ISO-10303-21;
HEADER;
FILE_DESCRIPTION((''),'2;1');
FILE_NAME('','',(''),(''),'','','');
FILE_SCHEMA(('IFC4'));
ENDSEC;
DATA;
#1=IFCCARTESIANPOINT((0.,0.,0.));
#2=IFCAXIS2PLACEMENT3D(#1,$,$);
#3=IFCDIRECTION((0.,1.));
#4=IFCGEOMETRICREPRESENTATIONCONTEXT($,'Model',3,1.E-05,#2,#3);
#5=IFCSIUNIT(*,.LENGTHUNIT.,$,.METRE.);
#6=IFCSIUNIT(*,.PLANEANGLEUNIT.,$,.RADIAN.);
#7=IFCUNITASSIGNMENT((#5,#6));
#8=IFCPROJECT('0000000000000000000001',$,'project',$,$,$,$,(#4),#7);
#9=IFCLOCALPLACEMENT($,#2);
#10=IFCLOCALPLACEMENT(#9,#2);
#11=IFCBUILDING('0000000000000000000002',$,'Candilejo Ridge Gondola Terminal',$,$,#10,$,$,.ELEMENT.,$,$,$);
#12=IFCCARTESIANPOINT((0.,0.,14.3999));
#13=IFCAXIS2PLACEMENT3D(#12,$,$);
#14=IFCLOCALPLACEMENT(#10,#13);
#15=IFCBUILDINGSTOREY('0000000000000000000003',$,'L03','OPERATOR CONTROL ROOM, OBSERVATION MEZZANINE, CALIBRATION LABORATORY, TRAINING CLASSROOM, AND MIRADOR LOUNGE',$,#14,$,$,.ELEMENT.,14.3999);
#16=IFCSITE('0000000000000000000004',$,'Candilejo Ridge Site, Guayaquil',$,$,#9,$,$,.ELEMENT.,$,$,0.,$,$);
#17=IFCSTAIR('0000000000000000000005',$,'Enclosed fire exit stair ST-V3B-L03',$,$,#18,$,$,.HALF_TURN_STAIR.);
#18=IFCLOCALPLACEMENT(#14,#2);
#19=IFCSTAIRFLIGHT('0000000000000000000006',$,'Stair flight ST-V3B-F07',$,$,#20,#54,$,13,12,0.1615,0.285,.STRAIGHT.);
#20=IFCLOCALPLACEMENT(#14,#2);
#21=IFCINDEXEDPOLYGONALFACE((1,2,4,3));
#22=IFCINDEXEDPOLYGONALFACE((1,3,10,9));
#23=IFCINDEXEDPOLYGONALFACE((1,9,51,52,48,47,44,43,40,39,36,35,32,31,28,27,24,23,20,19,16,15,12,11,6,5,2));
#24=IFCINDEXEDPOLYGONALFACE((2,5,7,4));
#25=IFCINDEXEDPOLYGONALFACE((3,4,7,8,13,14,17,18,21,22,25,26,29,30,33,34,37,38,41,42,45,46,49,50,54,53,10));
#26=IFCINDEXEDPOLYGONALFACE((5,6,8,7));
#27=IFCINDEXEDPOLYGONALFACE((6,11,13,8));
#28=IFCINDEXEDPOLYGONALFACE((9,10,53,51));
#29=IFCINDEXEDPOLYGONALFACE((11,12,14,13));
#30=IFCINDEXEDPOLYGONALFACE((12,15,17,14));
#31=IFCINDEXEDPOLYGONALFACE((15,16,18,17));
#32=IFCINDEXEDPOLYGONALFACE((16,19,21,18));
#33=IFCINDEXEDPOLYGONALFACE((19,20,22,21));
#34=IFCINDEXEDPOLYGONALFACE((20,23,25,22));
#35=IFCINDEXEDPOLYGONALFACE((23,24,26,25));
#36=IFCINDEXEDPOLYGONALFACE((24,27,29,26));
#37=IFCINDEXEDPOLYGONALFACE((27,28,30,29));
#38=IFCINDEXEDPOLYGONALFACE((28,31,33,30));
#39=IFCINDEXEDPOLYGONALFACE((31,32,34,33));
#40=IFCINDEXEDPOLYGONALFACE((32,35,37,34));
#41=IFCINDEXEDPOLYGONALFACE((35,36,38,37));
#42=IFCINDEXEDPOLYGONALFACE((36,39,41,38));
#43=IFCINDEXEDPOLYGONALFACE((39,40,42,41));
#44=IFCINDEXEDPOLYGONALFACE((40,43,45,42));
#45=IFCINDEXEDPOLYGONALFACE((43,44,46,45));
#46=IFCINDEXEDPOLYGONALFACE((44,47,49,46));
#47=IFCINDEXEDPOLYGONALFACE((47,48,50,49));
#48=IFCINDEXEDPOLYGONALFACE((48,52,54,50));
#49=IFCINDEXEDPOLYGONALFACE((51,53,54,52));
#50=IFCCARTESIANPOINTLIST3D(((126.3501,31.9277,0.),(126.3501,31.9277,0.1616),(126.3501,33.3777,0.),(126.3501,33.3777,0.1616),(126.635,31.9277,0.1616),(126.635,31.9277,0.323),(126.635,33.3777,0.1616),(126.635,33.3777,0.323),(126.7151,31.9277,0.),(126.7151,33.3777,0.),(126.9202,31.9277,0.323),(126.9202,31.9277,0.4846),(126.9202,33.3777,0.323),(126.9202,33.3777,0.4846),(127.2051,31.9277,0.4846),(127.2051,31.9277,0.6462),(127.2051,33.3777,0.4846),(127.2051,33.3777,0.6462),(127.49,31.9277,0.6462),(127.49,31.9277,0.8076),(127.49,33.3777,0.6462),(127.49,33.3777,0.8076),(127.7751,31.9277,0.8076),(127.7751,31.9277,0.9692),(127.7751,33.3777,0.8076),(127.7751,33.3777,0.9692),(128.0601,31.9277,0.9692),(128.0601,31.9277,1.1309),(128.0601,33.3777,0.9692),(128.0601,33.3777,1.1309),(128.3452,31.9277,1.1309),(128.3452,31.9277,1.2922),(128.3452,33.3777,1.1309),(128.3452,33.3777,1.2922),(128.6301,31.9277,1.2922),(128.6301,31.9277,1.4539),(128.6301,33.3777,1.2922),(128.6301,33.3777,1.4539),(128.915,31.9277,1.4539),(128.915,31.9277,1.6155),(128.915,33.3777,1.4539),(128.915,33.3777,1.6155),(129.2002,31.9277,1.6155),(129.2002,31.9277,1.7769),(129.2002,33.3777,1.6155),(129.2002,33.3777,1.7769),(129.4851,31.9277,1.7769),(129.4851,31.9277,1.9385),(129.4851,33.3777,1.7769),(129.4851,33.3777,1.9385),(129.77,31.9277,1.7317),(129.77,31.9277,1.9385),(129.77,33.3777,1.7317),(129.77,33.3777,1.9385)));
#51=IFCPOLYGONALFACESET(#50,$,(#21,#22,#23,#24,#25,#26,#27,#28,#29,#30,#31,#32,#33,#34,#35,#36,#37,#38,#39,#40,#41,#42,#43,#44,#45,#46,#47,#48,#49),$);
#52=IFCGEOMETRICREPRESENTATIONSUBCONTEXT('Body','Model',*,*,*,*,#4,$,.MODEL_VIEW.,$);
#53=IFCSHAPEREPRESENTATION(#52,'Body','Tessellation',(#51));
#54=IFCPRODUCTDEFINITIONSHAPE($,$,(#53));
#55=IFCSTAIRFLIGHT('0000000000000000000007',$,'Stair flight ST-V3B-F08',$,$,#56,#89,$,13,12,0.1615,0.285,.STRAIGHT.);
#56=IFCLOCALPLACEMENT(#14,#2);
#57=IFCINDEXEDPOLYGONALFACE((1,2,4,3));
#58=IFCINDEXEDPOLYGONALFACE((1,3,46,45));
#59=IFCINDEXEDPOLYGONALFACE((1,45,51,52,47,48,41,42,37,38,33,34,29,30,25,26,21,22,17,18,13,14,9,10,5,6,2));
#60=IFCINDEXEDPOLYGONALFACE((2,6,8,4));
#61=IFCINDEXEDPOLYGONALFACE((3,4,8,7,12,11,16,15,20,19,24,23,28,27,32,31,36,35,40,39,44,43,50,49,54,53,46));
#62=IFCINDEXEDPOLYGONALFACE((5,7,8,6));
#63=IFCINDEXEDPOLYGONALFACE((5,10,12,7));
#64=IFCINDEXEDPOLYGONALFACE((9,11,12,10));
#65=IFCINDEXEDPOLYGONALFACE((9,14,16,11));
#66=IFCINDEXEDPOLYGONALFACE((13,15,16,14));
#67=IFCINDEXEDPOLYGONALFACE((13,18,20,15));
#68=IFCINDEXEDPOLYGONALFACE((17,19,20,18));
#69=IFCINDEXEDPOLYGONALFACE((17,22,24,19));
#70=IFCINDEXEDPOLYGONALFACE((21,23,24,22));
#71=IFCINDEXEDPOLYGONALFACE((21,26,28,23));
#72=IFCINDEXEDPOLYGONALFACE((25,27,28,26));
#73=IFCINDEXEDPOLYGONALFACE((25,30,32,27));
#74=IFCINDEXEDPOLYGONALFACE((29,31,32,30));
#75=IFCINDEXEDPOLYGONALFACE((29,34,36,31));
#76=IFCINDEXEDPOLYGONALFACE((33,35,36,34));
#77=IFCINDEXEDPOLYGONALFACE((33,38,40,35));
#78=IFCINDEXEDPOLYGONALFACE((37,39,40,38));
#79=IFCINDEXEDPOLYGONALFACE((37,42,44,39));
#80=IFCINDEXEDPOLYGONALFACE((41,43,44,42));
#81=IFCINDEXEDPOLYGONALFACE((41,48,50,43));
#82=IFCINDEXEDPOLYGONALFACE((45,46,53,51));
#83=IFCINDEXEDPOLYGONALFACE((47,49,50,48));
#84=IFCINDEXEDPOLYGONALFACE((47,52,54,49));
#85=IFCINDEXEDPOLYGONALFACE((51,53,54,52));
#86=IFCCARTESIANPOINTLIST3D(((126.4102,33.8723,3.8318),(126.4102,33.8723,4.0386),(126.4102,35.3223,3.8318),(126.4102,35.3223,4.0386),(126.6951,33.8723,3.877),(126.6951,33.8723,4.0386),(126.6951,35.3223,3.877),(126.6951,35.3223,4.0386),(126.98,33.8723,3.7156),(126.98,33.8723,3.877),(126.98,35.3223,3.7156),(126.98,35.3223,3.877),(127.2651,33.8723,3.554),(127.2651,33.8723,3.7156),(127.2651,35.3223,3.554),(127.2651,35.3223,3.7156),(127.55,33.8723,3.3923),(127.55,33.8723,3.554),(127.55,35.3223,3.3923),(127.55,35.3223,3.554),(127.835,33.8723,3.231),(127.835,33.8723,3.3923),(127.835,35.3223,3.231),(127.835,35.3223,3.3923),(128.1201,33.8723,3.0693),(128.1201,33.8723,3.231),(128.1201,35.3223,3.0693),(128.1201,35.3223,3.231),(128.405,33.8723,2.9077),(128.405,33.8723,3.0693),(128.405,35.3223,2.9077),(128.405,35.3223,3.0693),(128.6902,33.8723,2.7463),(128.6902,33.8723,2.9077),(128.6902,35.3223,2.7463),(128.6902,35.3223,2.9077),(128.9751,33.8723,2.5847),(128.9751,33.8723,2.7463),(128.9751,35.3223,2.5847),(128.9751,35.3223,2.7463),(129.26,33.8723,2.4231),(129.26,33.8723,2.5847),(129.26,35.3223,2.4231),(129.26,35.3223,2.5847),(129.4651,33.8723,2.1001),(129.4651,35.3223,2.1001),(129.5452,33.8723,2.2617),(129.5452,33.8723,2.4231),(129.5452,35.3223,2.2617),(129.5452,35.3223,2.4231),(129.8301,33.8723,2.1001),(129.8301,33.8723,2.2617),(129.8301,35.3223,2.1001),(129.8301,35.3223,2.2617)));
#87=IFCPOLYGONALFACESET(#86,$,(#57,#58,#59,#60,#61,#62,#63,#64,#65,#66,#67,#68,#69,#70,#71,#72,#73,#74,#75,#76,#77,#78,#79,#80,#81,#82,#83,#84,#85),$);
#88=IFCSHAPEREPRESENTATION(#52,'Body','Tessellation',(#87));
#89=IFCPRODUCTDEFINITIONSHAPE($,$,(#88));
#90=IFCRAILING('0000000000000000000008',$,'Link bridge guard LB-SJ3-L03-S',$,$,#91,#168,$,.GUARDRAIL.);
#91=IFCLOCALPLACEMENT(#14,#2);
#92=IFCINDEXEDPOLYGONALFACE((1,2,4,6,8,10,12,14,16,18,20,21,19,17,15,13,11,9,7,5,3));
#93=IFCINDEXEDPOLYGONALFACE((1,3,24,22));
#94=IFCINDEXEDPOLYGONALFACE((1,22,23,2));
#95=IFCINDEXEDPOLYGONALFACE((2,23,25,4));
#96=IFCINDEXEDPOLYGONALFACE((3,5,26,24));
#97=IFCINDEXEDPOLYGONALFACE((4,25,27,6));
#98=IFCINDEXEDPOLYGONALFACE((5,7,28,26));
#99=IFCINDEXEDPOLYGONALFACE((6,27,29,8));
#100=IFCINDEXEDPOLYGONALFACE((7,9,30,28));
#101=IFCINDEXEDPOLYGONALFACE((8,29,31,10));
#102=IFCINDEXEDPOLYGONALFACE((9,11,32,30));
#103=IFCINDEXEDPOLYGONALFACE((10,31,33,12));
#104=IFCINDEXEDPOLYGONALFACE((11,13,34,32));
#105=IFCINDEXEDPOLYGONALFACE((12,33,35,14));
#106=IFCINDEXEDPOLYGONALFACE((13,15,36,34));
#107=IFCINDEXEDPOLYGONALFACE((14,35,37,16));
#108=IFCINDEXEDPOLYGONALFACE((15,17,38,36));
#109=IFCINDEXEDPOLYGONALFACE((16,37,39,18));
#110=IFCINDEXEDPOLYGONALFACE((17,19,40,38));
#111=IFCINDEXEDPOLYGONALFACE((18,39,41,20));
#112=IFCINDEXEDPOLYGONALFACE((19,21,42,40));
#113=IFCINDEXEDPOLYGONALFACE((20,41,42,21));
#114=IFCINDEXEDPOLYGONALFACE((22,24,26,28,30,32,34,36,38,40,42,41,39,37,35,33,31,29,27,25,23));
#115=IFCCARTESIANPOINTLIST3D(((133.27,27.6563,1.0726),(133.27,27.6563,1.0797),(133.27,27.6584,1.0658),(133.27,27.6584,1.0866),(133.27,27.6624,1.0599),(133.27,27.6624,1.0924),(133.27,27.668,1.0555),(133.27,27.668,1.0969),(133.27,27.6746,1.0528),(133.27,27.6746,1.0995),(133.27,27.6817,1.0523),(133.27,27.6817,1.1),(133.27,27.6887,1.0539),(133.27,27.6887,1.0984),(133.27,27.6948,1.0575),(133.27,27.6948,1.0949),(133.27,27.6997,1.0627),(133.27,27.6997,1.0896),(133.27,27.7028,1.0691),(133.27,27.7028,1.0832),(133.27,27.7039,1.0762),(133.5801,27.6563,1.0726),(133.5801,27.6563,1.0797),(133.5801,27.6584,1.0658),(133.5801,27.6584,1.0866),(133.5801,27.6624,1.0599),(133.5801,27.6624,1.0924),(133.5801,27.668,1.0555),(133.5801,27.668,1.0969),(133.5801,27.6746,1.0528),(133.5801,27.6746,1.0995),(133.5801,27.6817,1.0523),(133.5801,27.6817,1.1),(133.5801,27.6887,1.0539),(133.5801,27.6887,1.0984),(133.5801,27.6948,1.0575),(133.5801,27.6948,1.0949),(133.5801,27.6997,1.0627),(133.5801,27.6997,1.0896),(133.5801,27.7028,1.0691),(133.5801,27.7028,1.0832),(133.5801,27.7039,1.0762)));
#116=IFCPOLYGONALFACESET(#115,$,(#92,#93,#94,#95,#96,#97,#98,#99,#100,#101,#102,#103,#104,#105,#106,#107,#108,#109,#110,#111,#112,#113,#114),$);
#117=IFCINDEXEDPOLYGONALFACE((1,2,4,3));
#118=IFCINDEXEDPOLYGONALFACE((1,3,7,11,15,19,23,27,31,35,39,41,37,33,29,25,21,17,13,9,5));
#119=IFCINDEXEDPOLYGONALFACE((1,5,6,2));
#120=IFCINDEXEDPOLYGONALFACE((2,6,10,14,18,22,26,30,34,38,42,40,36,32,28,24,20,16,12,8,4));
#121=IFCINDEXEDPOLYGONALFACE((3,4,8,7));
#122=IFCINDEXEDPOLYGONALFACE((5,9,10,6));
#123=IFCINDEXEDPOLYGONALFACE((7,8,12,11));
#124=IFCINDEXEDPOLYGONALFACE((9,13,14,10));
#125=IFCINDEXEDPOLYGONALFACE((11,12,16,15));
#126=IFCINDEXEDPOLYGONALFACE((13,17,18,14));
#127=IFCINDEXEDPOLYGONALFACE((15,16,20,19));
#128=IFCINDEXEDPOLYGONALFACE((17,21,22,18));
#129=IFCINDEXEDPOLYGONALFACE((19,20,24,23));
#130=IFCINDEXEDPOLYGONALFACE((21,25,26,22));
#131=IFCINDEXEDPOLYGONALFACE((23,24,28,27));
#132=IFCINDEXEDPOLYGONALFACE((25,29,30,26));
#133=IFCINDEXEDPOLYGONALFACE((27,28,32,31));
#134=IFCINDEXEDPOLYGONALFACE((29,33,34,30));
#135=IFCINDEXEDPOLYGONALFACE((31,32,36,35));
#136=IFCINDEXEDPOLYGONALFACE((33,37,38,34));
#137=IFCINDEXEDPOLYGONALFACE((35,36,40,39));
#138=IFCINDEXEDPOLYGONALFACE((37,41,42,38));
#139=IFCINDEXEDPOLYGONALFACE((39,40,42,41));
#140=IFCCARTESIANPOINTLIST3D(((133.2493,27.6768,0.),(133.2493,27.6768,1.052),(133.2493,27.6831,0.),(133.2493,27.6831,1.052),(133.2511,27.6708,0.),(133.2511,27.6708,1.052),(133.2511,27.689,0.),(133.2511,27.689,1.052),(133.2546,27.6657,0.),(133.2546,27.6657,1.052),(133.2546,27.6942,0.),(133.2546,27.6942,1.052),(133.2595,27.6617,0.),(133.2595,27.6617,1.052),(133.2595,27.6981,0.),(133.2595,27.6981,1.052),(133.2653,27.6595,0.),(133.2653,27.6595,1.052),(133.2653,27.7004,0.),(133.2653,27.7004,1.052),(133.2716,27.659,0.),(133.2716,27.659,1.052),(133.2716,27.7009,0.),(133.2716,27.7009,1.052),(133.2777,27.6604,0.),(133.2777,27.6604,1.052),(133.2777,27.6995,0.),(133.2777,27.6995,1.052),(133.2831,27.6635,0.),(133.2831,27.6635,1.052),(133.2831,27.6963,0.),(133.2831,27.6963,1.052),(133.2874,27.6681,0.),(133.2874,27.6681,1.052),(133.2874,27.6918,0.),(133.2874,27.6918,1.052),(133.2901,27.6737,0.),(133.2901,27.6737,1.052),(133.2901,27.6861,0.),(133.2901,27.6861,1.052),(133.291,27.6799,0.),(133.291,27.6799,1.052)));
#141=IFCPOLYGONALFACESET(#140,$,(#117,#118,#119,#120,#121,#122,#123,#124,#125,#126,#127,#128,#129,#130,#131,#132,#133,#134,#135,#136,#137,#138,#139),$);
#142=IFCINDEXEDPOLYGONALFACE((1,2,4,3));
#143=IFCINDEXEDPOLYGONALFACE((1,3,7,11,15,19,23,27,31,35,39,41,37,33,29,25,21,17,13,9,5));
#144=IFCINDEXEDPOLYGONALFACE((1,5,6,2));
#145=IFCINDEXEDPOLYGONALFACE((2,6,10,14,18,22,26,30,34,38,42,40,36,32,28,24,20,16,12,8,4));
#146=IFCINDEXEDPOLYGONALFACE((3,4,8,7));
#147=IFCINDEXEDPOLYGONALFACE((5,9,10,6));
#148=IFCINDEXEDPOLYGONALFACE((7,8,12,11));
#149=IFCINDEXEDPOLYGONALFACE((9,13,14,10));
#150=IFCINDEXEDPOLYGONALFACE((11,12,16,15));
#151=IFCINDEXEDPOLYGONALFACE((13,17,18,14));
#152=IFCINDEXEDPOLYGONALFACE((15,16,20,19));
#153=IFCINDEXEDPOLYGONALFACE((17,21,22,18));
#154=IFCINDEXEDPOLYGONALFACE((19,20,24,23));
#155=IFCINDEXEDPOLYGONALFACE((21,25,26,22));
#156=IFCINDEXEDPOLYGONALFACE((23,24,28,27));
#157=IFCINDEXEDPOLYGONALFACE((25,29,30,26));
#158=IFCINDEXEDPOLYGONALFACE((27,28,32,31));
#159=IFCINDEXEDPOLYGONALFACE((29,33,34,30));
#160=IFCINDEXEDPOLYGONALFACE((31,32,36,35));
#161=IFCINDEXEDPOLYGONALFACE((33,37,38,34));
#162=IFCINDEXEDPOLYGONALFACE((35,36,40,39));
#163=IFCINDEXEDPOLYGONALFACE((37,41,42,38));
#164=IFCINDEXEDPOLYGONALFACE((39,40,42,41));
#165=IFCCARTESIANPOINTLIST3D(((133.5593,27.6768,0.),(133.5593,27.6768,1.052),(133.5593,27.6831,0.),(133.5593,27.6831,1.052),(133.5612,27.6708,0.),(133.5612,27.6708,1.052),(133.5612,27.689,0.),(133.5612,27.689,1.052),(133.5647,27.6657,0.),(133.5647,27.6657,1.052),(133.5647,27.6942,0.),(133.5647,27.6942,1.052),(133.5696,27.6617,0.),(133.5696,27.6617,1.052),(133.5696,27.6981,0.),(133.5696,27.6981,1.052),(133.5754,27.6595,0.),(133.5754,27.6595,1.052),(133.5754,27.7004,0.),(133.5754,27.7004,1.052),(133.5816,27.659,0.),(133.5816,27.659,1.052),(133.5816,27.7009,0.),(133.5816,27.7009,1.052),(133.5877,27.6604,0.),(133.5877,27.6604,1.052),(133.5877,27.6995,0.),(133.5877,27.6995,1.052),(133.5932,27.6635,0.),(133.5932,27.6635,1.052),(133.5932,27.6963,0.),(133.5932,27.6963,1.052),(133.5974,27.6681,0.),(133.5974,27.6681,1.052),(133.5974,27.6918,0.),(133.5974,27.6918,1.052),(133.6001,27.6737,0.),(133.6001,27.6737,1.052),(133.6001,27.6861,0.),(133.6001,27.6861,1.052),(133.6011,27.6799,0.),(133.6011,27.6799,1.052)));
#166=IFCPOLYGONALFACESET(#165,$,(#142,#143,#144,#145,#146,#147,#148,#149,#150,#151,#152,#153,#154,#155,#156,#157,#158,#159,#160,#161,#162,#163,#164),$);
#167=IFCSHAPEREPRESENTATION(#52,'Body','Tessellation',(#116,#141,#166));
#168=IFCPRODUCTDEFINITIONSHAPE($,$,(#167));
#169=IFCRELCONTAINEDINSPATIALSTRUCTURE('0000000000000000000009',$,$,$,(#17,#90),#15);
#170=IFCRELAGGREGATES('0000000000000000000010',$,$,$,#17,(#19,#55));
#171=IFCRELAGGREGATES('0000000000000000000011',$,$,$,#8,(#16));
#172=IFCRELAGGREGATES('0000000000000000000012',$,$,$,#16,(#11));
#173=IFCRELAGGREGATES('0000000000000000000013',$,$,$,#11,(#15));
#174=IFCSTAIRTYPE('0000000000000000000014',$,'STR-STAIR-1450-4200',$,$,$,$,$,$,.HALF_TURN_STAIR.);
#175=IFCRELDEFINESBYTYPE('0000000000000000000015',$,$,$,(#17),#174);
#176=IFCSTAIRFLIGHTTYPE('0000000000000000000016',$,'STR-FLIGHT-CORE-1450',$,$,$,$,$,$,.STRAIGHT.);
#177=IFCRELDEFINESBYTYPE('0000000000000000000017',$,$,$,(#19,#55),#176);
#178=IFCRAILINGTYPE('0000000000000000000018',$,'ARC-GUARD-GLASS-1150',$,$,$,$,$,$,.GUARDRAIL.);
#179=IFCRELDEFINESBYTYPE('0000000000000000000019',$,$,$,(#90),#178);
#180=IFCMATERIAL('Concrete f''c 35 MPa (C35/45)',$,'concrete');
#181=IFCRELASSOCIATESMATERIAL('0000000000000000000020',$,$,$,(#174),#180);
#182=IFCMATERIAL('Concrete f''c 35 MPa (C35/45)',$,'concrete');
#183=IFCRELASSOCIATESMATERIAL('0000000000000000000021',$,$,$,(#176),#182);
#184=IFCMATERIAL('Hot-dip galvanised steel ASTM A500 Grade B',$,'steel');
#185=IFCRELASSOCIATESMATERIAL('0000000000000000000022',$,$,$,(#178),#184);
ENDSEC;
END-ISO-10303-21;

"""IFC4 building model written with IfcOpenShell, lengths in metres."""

from ifc_helpers import new_model, si_unit, direction, frame, origin, origin_2d, place, context, subcontext, project, spatial, polyline, circle, outline, extrude, material, type_object, element, aggregate, save


model = new_model("IFC4")

# Units and contexts
model_context = context("Model", 3, precision=1e-05, world=origin(), true_north=direction((0.0, 1.0)))
body_context = subcontext(model_context, "Body", "Model", "MODEL_VIEW")
ifc_project = project(units=[si_unit("LENGTHUNIT", "METRE"), si_unit("PLANEANGLEUNIT", "RADIAN")], contexts=[model_context])

# Site, building, storey
site_placement = place(None, origin())
site = spatial("IfcSite", under=ifc_project, at=site_placement, Name="Candilejo Ridge Site, Guayaquil", CompositionType="ELEMENT", RefElevation=0.0)
building_placement = place(site_placement, origin())
building = spatial("IfcBuilding", under=site, at=building_placement, Name="Candilejo Ridge Gondola Terminal", CompositionType="ELEMENT")
storey_placement = place(building_placement, frame((0.0, 0.0, 14.3999)))
storey = spatial("IfcBuildingStorey", under=building, at=storey_placement, Name="L03", Description="OPERATOR CONTROL ROOM, OBSERVATION MEZZANINE, CALIBRATION LABORATORY, TRAINING CLASSROOM, AND MIRADOR LOUNGE", CompositionType="ELEMENT", Elevation=14.3999)

# Stair, stair flights
ifc_material_1 = material(Name="Concrete f'c 35 MPa (C35/45)", Category="concrete")
stair_type = type_object("IfcStairType", Name="STR-STAIR-1450-4200", PredefinedType="HALF_TURN_STAIR", material=ifc_material_1)
stair_placement = place(storey_placement, origin())
stair = element("IfcStair", 1, at=stair_placement, inside=storey, type_object=stair_type, Name="Enclosed fire exit stair ST-V3B-L03", PredefinedType="HALF_TURN_STAIR")
ifc_material_2 = material(Name="Concrete f'c 35 MPa (C35/45)", Category="concrete")
stair_flight_type = type_object("IfcStairFlightType", Name="STR-FLIGHT-CORE-1450", PredefinedType="STRAIGHT", material=ifc_material_2)
stair_flight_1_placement = place(storey_placement, frame((126.3501, 32.6526, 0.0), z_axis=(0.0, 0.0, 1.0), x_axis=(1.0, 0.0, 0.0)))
stair_flight_1 = element("IfcStairFlight", 2, at=stair_flight_1_placement, type_object=stair_flight_type, Name="Stair flight ST-V3B-F07", NumberOfRisers=13, NumberOfTreads=12, PredefinedType="STRAIGHT", RiserHeight=0.1615, TreadLength=0.285, context=body_context, shape_type="SweptSolid", body=[
    extrude(outline(polyline([(0.0, 0.0), (0.0, 0.1616), (0.2849, 0.1616), (0.2849, 0.323), (0.5701, 0.323), (0.5701, 0.4846), (0.855, 0.4846), (0.855, 0.6462), (1.1399, 0.6462), (1.1399, 0.8076), (1.425, 0.8076), (1.425, 0.9692), (1.71, 0.9692), (1.71, 1.1309), (1.9951, 1.1309), (1.9951, 1.2922), (2.28, 1.2922), (2.28, 1.4539), (2.5649, 1.4539), (2.5649, 1.6155), (2.8501, 1.6155), (2.8501, 1.7769), (3.135, 1.7769), (3.135, 1.9385), (3.4199, 1.9385), (3.4199, 2.1001), (3.4199, 1.7317), (0.365, 0.0), (0.0, 0.0)])), frame((0.0, 0.7251, 0.0), z_axis=(0.0, -1.0, 0.0), x_axis=(1.0, 0.0, 0.0)), (0.0, 0.0, 1.0), 1.45),
])
stair_flight_2_placement = place(storey_placement, frame((129.8301, 34.5974, 2.1001), z_axis=(0.0, 0.0, 1.0), x_axis=(-1.0, 0.0, 0.0)))
stair_flight_2 = element("IfcStairFlight", 3, at=stair_flight_2_placement, type_object=stair_flight_type, Name="Stair flight ST-V3B-F08", NumberOfRisers=13, NumberOfTreads=12, PredefinedType="STRAIGHT", RiserHeight=0.1615, TreadLength=0.285, context=body_context, shape_type="SweptSolid", body=[
    extrude(outline(polyline([(0.0, 0.0), (0.0, 0.1616), (0.2849, 0.1616), (0.2849, 0.323), (0.5701, 0.323), (0.5701, 0.4846), (0.855, 0.4846), (0.855, 0.6462), (1.1399, 0.6462), (1.1399, 0.8076), (1.425, 0.8076), (1.425, 0.9692), (1.71, 0.9692), (1.71, 1.1309), (1.9951, 1.1309), (1.9951, 1.2922), (2.28, 1.2922), (2.28, 1.4539), (2.5649, 1.4539), (2.5649, 1.6155), (2.8501, 1.6155), (2.8501, 1.7769), (3.135, 1.7769), (3.135, 1.9385), (3.4199, 1.9385), (3.4199, 2.1001), (3.4199, 1.7317), (0.365, 0.0), (0.0, 0.0)])), frame((0.0, 0.7251, 0.0), z_axis=(0.0, -1.0, 0.0), x_axis=(1.0, 0.0, 0.0)), (0.0, 0.0, 1.0), 1.45),
])
aggregate(stair, [stair_flight_1, stair_flight_2])

# Railing
ifc_material_3 = material(Name="Hot-dip galvanised steel ASTM A500 Grade B", Category="steel")
railing_type_1 = type_object("IfcRailingType", Name="ARC-GUARD-GLASS-1150", PredefinedType="GUARDRAIL", material=ifc_material_3)
for number, where, name in (
    (4, (133.27, 27.6799, 0.0), "Link bridge guard LB-SJ3-L03-S"),
):
    element("IfcRailing", number, at=place(storey_placement, frame(where)), inside=storey, type_object=railing_type_1, Name=name, PredefinedType="GUARDRAIL", context=body_context, shape_type="SweptSolid", body=[
        extrude(circle(Radius=0.0239, at=origin_2d()), frame((0.0, 0.0, 1.0762), z_axis=(1.0, 0.0, 0.0), x_axis=(0.0, 1.0, 0.0)), (0.0, 0.0, 1.0), 0.3101),
        extrude(circle(Radius=0.021, at=origin_2d()), origin(), (0.0, 0.0, 1.0), 1.052),
        extrude(circle(Radius=0.021, at=origin_2d()), frame((0.3101, 0.0, 0.0)), (0.0, 0.0, 1.0), 1.052),
    ])

save(model, "model.ifc")
